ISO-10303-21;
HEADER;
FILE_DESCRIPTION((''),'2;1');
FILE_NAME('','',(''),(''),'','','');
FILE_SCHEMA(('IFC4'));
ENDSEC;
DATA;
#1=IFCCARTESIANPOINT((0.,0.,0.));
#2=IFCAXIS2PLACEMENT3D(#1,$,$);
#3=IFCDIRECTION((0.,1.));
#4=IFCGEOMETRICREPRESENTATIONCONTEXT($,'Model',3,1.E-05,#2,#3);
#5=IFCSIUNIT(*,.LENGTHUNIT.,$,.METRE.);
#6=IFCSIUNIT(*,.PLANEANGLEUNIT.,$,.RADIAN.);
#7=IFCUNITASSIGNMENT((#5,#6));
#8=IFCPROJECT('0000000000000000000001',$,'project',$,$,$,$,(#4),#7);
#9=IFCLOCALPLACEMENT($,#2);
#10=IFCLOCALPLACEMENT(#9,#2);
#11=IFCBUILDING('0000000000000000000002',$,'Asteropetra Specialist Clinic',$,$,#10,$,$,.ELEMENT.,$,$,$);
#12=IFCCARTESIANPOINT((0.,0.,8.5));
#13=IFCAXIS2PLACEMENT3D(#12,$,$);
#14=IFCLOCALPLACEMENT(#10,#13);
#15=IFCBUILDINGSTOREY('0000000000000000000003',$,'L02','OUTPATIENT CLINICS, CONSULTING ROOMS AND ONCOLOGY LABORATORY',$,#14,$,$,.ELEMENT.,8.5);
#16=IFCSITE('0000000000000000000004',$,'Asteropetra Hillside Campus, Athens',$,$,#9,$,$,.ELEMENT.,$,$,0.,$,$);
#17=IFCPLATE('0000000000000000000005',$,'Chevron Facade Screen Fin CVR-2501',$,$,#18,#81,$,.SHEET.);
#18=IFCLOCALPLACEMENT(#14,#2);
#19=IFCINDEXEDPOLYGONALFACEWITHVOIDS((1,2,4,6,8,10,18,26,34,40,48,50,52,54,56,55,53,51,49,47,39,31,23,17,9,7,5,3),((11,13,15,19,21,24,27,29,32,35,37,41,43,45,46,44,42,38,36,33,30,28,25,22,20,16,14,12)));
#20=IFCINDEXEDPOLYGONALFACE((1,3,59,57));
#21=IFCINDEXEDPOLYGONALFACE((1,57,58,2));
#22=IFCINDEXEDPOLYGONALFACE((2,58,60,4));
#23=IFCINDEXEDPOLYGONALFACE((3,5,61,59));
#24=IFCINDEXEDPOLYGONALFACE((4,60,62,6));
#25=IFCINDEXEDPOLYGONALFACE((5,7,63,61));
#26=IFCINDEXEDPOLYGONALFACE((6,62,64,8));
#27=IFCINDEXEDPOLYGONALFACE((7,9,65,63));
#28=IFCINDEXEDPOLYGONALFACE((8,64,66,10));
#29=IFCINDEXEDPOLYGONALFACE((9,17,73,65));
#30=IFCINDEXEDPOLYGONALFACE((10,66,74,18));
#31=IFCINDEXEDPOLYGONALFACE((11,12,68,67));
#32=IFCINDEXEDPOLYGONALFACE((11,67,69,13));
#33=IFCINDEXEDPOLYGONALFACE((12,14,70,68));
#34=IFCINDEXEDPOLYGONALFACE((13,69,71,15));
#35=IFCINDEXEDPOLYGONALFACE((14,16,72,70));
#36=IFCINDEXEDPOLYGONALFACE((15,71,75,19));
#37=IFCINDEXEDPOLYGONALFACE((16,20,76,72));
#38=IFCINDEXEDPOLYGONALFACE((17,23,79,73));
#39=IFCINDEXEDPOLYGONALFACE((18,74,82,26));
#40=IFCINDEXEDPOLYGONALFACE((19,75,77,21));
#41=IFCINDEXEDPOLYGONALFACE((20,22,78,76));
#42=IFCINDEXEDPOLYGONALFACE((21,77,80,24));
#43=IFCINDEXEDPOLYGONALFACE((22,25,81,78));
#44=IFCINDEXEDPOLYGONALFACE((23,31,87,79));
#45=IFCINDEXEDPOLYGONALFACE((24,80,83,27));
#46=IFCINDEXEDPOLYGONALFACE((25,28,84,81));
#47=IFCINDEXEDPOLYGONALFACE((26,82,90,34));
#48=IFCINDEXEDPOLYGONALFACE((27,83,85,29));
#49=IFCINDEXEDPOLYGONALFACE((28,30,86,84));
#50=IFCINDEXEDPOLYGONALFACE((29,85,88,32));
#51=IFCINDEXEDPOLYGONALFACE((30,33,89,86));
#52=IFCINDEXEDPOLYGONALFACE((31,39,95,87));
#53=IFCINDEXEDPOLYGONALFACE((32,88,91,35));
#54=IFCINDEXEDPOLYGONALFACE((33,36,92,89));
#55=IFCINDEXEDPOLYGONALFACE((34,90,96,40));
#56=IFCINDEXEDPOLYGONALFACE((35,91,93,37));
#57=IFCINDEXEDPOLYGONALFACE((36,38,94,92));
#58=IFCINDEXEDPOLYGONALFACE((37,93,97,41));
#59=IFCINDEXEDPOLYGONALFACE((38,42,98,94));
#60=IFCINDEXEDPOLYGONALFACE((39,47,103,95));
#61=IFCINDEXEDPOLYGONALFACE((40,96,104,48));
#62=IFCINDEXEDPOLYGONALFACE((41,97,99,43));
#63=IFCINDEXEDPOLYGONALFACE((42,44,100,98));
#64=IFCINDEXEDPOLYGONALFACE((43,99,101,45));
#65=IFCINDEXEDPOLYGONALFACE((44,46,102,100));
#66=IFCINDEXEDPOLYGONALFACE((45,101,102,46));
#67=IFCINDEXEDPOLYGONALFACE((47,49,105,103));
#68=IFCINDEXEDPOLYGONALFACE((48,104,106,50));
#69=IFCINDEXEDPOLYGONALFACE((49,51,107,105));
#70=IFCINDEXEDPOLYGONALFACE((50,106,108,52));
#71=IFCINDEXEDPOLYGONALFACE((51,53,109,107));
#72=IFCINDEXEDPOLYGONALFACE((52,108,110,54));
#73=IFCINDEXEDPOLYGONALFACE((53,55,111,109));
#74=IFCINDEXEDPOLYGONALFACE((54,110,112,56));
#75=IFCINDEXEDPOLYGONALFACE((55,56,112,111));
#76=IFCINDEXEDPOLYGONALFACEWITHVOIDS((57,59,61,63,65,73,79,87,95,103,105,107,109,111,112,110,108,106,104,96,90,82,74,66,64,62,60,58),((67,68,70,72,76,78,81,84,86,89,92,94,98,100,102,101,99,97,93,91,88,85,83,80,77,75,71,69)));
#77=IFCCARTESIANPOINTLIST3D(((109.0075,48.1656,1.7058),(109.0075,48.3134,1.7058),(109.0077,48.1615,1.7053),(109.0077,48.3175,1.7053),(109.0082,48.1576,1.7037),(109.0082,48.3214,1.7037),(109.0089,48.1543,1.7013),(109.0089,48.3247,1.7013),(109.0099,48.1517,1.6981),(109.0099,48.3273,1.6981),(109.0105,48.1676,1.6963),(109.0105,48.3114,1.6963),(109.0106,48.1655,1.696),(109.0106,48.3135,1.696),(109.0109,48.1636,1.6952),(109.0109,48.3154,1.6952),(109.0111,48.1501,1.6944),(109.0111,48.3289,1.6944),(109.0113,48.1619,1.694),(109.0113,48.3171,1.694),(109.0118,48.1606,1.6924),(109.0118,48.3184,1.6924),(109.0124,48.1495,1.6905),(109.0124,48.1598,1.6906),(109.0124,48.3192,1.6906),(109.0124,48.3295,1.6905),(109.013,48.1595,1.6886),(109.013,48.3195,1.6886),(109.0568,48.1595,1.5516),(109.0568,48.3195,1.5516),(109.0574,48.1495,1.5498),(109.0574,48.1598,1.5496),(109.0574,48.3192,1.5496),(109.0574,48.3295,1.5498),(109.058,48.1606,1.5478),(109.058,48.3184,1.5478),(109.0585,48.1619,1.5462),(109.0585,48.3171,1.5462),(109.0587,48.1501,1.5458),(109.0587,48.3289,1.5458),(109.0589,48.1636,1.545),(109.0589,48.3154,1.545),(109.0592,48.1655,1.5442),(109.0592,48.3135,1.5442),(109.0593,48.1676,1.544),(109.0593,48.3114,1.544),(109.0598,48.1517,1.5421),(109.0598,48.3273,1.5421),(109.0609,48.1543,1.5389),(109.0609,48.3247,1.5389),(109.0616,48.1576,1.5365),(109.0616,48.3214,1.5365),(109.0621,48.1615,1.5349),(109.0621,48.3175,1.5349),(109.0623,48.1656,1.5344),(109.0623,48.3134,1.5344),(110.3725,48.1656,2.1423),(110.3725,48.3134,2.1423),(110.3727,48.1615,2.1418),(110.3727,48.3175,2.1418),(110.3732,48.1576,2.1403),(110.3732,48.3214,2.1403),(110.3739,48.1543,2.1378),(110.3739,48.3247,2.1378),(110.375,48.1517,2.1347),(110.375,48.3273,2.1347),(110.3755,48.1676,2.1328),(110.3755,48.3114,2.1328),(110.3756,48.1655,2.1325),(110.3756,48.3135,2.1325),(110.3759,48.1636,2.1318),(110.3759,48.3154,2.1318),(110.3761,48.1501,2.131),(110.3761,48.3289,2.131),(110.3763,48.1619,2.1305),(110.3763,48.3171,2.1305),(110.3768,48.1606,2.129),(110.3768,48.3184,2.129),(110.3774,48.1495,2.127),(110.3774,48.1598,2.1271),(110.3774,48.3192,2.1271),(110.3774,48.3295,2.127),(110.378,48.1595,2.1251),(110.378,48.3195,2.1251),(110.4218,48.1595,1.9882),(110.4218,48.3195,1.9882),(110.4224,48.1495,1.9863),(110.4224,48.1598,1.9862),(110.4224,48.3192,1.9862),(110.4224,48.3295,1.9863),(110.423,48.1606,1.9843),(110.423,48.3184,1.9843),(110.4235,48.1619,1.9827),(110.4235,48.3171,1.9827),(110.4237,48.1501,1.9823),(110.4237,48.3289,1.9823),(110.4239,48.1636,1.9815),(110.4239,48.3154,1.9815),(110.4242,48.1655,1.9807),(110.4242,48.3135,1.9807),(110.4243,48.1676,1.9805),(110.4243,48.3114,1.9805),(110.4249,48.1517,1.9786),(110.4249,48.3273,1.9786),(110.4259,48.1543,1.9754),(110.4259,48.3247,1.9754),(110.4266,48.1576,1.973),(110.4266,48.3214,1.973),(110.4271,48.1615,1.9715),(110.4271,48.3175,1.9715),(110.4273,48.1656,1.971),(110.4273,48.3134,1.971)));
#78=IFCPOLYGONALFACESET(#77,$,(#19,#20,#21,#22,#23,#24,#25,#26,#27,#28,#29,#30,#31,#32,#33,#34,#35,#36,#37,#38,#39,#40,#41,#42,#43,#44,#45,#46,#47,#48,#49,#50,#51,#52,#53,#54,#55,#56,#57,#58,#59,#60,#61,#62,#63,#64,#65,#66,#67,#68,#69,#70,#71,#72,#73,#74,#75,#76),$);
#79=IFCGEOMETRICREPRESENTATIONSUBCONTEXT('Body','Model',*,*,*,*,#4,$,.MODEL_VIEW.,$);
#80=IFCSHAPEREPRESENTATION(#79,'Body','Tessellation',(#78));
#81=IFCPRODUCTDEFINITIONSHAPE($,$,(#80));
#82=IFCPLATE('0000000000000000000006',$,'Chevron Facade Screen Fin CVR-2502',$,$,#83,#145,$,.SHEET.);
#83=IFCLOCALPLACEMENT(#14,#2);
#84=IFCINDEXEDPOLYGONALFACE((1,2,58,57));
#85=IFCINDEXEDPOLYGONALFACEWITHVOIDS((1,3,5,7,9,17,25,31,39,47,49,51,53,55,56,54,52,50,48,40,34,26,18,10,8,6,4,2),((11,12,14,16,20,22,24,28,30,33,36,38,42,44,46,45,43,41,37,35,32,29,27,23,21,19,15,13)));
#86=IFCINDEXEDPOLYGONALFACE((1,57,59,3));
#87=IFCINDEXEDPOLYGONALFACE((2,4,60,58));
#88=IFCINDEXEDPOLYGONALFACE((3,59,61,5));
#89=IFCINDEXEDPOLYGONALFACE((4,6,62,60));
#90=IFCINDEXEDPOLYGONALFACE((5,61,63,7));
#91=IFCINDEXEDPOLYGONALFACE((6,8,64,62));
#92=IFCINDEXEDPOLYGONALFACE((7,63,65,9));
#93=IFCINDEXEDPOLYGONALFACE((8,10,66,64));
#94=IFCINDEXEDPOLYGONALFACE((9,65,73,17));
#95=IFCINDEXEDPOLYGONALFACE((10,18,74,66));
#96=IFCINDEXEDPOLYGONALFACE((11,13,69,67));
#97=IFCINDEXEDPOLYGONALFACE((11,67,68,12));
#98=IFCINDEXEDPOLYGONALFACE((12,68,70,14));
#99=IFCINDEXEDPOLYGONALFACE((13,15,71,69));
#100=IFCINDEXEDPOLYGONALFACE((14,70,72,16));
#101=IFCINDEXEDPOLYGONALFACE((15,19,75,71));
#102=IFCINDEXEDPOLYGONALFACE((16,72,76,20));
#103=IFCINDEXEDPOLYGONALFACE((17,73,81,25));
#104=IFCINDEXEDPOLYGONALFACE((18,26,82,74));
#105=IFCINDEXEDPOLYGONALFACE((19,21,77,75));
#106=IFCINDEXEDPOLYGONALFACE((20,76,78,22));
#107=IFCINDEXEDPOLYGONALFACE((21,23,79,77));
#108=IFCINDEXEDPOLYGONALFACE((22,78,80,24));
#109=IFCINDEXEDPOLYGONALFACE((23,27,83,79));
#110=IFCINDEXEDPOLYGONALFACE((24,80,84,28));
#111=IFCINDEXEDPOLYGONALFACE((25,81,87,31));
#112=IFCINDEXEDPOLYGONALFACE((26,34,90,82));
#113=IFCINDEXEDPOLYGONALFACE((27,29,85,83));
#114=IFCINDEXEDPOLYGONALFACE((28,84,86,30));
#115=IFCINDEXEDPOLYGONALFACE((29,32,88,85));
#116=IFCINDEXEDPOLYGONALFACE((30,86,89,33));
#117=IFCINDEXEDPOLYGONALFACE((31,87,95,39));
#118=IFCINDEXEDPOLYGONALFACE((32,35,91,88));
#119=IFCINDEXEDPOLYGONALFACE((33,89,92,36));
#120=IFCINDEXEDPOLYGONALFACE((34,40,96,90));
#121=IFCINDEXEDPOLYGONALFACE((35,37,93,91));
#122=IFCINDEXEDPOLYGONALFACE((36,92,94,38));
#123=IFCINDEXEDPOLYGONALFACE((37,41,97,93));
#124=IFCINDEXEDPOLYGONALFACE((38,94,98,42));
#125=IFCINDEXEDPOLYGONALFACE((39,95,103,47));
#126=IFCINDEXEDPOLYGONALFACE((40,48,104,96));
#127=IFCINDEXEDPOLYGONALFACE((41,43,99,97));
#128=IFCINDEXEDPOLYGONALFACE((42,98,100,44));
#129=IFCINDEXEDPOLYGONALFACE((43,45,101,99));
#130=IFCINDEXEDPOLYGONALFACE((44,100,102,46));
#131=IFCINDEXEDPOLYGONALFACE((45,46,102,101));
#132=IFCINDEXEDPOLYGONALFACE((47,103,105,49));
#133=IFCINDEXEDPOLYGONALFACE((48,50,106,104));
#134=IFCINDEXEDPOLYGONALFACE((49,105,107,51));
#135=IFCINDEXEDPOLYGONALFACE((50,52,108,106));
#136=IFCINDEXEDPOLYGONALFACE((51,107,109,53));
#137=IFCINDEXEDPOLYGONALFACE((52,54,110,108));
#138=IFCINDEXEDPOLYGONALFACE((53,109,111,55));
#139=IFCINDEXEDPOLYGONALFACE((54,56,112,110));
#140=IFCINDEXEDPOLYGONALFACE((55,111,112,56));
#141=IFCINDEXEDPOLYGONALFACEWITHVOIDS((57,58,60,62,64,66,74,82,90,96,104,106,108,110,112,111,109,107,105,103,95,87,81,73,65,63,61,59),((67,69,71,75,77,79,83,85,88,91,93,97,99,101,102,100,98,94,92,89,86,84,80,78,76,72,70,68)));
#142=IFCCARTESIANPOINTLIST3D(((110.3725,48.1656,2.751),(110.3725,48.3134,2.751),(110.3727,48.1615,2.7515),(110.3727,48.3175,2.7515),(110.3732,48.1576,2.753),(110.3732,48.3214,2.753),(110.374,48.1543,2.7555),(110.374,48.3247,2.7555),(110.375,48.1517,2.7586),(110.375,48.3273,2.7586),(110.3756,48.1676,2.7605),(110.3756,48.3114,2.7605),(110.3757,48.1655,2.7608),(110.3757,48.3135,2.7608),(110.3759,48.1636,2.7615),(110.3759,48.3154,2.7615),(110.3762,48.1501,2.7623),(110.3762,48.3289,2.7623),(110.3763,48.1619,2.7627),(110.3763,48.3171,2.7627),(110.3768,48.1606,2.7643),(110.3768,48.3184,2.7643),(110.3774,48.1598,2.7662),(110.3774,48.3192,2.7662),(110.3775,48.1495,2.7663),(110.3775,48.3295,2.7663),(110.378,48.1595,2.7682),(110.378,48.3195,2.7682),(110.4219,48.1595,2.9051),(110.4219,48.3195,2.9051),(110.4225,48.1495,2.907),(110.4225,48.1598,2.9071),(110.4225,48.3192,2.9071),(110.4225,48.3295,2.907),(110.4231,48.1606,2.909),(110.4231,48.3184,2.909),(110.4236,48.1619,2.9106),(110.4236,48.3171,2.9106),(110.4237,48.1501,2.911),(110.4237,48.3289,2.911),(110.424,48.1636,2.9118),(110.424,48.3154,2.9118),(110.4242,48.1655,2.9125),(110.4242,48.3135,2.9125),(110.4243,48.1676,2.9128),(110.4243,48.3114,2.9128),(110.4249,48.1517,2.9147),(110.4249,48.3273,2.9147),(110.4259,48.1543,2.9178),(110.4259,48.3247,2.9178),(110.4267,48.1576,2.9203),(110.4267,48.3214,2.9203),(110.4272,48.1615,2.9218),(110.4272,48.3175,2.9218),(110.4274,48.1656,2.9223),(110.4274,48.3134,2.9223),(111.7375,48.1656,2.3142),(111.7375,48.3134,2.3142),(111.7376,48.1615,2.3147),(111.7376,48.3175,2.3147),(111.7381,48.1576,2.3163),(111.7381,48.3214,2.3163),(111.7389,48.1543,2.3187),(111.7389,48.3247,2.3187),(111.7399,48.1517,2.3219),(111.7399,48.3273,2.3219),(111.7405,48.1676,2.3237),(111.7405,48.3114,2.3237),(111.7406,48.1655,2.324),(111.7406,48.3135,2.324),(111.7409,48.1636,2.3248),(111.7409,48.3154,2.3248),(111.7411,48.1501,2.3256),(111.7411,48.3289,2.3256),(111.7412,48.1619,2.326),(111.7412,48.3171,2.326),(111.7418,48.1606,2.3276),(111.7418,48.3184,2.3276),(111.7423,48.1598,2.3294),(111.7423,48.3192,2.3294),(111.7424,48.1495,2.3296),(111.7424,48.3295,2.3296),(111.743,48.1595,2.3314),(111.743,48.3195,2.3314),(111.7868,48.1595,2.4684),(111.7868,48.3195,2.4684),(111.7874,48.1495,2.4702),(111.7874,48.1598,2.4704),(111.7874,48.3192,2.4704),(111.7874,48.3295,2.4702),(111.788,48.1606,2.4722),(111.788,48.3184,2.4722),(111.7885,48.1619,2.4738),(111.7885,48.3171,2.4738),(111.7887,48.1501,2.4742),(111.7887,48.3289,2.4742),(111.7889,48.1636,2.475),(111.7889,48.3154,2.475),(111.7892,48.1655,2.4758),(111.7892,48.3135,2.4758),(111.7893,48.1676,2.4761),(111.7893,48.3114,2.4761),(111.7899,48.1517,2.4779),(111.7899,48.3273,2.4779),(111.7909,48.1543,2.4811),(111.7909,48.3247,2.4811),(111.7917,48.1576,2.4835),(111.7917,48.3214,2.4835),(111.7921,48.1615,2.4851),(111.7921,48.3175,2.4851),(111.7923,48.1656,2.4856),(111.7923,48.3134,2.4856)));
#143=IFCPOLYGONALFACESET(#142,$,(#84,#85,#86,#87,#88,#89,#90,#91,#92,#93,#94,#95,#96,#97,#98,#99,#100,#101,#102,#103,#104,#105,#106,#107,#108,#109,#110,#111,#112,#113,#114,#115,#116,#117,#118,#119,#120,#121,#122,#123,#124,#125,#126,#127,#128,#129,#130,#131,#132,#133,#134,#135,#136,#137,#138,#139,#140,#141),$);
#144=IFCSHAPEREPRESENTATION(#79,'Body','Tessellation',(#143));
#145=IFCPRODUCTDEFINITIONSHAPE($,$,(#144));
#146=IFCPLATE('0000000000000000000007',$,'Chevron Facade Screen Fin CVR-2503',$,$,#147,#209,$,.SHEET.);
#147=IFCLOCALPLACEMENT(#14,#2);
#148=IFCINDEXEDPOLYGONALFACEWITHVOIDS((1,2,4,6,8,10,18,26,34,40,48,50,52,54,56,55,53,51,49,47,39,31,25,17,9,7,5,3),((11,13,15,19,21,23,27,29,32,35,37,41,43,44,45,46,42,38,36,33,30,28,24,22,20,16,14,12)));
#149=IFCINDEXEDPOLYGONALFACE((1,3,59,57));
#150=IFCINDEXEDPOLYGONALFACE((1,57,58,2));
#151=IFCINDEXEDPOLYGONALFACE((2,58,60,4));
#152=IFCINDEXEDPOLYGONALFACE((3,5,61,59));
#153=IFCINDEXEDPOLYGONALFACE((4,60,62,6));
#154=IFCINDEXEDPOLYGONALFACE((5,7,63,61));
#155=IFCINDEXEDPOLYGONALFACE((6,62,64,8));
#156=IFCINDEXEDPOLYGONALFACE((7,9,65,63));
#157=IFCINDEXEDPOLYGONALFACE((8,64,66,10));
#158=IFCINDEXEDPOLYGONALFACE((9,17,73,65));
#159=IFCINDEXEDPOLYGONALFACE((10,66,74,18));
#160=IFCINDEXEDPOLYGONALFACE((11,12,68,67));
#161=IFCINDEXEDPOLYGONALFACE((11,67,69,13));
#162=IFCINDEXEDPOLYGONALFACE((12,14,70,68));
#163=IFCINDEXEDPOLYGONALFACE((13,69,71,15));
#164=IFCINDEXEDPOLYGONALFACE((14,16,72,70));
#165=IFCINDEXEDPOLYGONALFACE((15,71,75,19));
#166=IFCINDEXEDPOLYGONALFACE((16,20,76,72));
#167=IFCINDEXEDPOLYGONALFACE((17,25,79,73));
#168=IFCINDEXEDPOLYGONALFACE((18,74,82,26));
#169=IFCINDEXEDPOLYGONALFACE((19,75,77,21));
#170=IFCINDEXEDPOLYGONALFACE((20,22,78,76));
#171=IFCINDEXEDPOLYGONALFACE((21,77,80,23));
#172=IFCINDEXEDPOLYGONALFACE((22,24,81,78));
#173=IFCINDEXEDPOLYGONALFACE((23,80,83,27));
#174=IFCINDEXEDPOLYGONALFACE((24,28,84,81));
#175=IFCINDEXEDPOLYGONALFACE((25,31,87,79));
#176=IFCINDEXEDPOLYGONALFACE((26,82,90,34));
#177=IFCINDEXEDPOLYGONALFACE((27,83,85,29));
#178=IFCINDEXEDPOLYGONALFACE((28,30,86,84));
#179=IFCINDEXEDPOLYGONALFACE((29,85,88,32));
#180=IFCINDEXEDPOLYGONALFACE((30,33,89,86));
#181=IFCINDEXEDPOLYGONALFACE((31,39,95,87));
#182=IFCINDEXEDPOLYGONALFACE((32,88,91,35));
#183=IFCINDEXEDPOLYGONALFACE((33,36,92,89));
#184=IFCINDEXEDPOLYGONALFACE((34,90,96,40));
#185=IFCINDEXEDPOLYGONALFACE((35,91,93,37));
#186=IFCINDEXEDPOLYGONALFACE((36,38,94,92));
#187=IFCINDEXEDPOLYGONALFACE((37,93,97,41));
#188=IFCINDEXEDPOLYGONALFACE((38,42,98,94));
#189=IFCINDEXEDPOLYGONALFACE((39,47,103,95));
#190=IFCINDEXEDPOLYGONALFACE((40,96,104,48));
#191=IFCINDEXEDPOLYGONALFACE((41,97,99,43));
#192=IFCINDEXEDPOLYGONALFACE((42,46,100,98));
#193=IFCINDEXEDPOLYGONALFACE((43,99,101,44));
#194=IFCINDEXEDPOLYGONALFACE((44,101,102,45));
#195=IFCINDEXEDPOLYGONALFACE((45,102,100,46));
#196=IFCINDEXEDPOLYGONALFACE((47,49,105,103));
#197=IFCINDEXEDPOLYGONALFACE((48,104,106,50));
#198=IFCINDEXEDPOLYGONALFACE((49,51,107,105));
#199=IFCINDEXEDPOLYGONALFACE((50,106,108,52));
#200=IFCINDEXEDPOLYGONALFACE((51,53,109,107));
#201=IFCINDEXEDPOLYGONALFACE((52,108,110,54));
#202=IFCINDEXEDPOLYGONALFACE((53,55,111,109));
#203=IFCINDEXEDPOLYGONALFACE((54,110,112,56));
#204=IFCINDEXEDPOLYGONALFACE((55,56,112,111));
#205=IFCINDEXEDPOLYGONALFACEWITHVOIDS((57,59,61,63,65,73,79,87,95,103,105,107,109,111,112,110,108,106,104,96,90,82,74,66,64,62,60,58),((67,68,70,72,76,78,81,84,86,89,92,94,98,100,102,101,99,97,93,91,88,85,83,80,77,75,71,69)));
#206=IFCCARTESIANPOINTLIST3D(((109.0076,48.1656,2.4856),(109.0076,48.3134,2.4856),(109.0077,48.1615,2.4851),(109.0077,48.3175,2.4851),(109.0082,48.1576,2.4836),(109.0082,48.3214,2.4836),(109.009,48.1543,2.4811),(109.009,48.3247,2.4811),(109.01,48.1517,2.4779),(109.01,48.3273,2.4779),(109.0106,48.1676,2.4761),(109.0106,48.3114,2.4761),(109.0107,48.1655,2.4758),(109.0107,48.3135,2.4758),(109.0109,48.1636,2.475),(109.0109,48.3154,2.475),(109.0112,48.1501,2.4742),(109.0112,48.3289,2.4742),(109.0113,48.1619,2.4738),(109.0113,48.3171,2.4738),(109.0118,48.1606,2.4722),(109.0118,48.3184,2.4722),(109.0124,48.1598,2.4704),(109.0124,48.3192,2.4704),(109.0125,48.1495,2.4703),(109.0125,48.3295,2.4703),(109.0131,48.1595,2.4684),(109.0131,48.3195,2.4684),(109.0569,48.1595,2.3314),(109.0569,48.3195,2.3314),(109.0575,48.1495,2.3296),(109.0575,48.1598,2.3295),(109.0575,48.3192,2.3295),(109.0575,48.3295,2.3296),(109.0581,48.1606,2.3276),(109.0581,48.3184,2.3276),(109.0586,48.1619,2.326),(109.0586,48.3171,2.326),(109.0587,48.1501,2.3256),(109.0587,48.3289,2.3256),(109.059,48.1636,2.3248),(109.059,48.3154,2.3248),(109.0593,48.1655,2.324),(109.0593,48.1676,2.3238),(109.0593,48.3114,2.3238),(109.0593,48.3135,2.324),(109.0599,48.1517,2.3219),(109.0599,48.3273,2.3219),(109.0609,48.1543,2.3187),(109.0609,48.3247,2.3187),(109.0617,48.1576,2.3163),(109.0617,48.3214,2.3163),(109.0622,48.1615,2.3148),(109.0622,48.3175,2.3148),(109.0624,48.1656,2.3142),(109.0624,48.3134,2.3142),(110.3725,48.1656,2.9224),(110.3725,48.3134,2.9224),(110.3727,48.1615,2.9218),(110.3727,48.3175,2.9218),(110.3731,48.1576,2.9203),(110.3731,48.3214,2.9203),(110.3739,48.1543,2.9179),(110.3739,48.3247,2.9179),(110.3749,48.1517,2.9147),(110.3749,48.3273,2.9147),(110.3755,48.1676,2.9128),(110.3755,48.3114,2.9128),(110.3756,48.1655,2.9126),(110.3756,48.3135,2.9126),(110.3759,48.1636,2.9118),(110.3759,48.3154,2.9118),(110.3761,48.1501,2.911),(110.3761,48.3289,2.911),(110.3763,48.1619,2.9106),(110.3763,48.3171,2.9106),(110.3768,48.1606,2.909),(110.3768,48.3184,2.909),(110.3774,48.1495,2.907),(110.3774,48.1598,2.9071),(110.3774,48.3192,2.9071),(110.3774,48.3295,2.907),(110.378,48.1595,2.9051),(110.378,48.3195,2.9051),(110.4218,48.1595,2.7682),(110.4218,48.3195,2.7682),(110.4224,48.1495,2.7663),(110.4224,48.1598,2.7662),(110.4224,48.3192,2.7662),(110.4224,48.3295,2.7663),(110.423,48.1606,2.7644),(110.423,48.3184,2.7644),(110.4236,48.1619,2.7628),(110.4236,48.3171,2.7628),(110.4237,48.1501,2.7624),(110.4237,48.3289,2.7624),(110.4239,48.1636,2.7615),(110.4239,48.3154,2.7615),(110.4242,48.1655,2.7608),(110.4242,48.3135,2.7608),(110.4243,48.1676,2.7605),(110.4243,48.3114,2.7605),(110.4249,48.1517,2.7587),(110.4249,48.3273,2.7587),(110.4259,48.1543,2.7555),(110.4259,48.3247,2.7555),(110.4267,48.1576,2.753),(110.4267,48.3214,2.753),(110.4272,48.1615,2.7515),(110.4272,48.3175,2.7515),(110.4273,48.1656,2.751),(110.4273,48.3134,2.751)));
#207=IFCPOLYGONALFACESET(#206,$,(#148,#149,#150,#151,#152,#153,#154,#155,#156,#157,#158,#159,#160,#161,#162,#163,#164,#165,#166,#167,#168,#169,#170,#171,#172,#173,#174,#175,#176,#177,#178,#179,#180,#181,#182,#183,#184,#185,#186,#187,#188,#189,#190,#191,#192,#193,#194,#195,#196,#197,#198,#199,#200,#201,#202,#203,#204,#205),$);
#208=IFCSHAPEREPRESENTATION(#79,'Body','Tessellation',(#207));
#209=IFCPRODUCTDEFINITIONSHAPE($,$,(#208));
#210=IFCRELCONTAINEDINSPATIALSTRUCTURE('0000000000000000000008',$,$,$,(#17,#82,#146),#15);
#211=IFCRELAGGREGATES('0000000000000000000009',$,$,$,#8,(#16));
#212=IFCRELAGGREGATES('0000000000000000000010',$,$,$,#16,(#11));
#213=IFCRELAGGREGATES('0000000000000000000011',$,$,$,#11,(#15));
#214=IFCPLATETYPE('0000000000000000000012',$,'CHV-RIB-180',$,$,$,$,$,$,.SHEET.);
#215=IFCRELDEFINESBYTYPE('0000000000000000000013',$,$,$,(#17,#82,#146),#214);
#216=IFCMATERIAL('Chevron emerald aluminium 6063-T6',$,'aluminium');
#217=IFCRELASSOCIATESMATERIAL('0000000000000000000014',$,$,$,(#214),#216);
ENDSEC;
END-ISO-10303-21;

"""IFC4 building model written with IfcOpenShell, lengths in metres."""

from ifc_helpers import new_model, si_unit, direction, frame, origin, origin_2d, place, context, subcontext, project, spatial, hollow_rectangle, extrude, material, material_profile, profile_set, type_object, element, save


model = new_model("IFC4")

# Units and contexts
model_context = context("Model", 3, precision=1e-05, world=origin(), true_north=direction((0.0, 1.0)))
body_context = subcontext(model_context, "Body", "Model", "MODEL_VIEW")
ifc_project = project(units=[si_unit("LENGTHUNIT", "METRE"), si_unit("PLANEANGLEUNIT", "RADIAN")], contexts=[model_context])

# Site, building, storey
site_placement = place(None, origin())
site = spatial("IfcSite", under=ifc_project, at=site_placement, Name="Asteropetra Hillside Campus, Athens", CompositionType="ELEMENT", RefElevation=0.0)
building_placement = place(site_placement, origin())
building = spatial("IfcBuilding", under=site, at=building_placement, Name="Asteropetra Specialist Clinic", CompositionType="ELEMENT")
storey_placement = place(building_placement, frame((0.0, 0.0, 8.5)))
storey = spatial("IfcBuildingStorey", under=building, at=storey_placement, Name="L02", Description="OUTPATIENT CLINICS, CONSULTING ROOMS AND ONCOLOGY LABORATORY", CompositionType="ELEMENT", Elevation=8.5)

# Plates
ifc_material_1 = material(Name="Chevron emerald aluminium 6063-T6", Category="aluminium")
ifc_material_profile_1 = material_profile(ifc_material_1, hollow_rectangle(XDim=0.1799, YDim=0.1799, WallThickness=0.01, InnerFilletRadius=0.0081, OuterFilletRadius=0.0161, at=origin_2d()), Name="SHS 180x180x10.0")
ifc_profile_set_1 = profile_set([ifc_material_profile_1], Name="Chevron emerald aluminium 6063-T6")
plate_type = type_object("IfcPlateType", Name="CHV-RIB-180", PredefinedType="SHEET", material=ifc_profile_set_1)
for number, where, z_axis, x_axis, name in (
    (1, (110.3999, 48.2395, 2.0566), (-0.95248, 0.0, -0.304603), (0.0, -1.0, 0.0), "Chevron Facade Screen Fin CVR-2501"),
    (2, (111.7649, 48.2395, 2.3999), (-0.95243, 0.0, 0.304757), (0.0, -1.0, 0.0), "Chevron Facade Screen Fin CVR-2502"),
    (3, (110.3999, 48.2395, 2.8367), (-0.95243, 0.0, -0.304757), (0.0, -1.0, 0.0), "Chevron Facade Screen Fin CVR-2503"),
):
    element("IfcPlate", number, at=place(storey_placement, frame(where, z_axis=z_axis, x_axis=x_axis)), inside=storey, type_object=plate_type, Name=name, PredefinedType="SHEET", context=body_context, shape_type="SweptSolid", body=[
        extrude(hollow_rectangle(XDim=0.1799, YDim=0.1799, WallThickness=0.01, InnerFilletRadius=0.0081, OuterFilletRadius=0.0161, at=origin_2d()), origin(), (0.0, 0.0, 1.0), 1.4331),
    ])

save(model, "model.ifc")
